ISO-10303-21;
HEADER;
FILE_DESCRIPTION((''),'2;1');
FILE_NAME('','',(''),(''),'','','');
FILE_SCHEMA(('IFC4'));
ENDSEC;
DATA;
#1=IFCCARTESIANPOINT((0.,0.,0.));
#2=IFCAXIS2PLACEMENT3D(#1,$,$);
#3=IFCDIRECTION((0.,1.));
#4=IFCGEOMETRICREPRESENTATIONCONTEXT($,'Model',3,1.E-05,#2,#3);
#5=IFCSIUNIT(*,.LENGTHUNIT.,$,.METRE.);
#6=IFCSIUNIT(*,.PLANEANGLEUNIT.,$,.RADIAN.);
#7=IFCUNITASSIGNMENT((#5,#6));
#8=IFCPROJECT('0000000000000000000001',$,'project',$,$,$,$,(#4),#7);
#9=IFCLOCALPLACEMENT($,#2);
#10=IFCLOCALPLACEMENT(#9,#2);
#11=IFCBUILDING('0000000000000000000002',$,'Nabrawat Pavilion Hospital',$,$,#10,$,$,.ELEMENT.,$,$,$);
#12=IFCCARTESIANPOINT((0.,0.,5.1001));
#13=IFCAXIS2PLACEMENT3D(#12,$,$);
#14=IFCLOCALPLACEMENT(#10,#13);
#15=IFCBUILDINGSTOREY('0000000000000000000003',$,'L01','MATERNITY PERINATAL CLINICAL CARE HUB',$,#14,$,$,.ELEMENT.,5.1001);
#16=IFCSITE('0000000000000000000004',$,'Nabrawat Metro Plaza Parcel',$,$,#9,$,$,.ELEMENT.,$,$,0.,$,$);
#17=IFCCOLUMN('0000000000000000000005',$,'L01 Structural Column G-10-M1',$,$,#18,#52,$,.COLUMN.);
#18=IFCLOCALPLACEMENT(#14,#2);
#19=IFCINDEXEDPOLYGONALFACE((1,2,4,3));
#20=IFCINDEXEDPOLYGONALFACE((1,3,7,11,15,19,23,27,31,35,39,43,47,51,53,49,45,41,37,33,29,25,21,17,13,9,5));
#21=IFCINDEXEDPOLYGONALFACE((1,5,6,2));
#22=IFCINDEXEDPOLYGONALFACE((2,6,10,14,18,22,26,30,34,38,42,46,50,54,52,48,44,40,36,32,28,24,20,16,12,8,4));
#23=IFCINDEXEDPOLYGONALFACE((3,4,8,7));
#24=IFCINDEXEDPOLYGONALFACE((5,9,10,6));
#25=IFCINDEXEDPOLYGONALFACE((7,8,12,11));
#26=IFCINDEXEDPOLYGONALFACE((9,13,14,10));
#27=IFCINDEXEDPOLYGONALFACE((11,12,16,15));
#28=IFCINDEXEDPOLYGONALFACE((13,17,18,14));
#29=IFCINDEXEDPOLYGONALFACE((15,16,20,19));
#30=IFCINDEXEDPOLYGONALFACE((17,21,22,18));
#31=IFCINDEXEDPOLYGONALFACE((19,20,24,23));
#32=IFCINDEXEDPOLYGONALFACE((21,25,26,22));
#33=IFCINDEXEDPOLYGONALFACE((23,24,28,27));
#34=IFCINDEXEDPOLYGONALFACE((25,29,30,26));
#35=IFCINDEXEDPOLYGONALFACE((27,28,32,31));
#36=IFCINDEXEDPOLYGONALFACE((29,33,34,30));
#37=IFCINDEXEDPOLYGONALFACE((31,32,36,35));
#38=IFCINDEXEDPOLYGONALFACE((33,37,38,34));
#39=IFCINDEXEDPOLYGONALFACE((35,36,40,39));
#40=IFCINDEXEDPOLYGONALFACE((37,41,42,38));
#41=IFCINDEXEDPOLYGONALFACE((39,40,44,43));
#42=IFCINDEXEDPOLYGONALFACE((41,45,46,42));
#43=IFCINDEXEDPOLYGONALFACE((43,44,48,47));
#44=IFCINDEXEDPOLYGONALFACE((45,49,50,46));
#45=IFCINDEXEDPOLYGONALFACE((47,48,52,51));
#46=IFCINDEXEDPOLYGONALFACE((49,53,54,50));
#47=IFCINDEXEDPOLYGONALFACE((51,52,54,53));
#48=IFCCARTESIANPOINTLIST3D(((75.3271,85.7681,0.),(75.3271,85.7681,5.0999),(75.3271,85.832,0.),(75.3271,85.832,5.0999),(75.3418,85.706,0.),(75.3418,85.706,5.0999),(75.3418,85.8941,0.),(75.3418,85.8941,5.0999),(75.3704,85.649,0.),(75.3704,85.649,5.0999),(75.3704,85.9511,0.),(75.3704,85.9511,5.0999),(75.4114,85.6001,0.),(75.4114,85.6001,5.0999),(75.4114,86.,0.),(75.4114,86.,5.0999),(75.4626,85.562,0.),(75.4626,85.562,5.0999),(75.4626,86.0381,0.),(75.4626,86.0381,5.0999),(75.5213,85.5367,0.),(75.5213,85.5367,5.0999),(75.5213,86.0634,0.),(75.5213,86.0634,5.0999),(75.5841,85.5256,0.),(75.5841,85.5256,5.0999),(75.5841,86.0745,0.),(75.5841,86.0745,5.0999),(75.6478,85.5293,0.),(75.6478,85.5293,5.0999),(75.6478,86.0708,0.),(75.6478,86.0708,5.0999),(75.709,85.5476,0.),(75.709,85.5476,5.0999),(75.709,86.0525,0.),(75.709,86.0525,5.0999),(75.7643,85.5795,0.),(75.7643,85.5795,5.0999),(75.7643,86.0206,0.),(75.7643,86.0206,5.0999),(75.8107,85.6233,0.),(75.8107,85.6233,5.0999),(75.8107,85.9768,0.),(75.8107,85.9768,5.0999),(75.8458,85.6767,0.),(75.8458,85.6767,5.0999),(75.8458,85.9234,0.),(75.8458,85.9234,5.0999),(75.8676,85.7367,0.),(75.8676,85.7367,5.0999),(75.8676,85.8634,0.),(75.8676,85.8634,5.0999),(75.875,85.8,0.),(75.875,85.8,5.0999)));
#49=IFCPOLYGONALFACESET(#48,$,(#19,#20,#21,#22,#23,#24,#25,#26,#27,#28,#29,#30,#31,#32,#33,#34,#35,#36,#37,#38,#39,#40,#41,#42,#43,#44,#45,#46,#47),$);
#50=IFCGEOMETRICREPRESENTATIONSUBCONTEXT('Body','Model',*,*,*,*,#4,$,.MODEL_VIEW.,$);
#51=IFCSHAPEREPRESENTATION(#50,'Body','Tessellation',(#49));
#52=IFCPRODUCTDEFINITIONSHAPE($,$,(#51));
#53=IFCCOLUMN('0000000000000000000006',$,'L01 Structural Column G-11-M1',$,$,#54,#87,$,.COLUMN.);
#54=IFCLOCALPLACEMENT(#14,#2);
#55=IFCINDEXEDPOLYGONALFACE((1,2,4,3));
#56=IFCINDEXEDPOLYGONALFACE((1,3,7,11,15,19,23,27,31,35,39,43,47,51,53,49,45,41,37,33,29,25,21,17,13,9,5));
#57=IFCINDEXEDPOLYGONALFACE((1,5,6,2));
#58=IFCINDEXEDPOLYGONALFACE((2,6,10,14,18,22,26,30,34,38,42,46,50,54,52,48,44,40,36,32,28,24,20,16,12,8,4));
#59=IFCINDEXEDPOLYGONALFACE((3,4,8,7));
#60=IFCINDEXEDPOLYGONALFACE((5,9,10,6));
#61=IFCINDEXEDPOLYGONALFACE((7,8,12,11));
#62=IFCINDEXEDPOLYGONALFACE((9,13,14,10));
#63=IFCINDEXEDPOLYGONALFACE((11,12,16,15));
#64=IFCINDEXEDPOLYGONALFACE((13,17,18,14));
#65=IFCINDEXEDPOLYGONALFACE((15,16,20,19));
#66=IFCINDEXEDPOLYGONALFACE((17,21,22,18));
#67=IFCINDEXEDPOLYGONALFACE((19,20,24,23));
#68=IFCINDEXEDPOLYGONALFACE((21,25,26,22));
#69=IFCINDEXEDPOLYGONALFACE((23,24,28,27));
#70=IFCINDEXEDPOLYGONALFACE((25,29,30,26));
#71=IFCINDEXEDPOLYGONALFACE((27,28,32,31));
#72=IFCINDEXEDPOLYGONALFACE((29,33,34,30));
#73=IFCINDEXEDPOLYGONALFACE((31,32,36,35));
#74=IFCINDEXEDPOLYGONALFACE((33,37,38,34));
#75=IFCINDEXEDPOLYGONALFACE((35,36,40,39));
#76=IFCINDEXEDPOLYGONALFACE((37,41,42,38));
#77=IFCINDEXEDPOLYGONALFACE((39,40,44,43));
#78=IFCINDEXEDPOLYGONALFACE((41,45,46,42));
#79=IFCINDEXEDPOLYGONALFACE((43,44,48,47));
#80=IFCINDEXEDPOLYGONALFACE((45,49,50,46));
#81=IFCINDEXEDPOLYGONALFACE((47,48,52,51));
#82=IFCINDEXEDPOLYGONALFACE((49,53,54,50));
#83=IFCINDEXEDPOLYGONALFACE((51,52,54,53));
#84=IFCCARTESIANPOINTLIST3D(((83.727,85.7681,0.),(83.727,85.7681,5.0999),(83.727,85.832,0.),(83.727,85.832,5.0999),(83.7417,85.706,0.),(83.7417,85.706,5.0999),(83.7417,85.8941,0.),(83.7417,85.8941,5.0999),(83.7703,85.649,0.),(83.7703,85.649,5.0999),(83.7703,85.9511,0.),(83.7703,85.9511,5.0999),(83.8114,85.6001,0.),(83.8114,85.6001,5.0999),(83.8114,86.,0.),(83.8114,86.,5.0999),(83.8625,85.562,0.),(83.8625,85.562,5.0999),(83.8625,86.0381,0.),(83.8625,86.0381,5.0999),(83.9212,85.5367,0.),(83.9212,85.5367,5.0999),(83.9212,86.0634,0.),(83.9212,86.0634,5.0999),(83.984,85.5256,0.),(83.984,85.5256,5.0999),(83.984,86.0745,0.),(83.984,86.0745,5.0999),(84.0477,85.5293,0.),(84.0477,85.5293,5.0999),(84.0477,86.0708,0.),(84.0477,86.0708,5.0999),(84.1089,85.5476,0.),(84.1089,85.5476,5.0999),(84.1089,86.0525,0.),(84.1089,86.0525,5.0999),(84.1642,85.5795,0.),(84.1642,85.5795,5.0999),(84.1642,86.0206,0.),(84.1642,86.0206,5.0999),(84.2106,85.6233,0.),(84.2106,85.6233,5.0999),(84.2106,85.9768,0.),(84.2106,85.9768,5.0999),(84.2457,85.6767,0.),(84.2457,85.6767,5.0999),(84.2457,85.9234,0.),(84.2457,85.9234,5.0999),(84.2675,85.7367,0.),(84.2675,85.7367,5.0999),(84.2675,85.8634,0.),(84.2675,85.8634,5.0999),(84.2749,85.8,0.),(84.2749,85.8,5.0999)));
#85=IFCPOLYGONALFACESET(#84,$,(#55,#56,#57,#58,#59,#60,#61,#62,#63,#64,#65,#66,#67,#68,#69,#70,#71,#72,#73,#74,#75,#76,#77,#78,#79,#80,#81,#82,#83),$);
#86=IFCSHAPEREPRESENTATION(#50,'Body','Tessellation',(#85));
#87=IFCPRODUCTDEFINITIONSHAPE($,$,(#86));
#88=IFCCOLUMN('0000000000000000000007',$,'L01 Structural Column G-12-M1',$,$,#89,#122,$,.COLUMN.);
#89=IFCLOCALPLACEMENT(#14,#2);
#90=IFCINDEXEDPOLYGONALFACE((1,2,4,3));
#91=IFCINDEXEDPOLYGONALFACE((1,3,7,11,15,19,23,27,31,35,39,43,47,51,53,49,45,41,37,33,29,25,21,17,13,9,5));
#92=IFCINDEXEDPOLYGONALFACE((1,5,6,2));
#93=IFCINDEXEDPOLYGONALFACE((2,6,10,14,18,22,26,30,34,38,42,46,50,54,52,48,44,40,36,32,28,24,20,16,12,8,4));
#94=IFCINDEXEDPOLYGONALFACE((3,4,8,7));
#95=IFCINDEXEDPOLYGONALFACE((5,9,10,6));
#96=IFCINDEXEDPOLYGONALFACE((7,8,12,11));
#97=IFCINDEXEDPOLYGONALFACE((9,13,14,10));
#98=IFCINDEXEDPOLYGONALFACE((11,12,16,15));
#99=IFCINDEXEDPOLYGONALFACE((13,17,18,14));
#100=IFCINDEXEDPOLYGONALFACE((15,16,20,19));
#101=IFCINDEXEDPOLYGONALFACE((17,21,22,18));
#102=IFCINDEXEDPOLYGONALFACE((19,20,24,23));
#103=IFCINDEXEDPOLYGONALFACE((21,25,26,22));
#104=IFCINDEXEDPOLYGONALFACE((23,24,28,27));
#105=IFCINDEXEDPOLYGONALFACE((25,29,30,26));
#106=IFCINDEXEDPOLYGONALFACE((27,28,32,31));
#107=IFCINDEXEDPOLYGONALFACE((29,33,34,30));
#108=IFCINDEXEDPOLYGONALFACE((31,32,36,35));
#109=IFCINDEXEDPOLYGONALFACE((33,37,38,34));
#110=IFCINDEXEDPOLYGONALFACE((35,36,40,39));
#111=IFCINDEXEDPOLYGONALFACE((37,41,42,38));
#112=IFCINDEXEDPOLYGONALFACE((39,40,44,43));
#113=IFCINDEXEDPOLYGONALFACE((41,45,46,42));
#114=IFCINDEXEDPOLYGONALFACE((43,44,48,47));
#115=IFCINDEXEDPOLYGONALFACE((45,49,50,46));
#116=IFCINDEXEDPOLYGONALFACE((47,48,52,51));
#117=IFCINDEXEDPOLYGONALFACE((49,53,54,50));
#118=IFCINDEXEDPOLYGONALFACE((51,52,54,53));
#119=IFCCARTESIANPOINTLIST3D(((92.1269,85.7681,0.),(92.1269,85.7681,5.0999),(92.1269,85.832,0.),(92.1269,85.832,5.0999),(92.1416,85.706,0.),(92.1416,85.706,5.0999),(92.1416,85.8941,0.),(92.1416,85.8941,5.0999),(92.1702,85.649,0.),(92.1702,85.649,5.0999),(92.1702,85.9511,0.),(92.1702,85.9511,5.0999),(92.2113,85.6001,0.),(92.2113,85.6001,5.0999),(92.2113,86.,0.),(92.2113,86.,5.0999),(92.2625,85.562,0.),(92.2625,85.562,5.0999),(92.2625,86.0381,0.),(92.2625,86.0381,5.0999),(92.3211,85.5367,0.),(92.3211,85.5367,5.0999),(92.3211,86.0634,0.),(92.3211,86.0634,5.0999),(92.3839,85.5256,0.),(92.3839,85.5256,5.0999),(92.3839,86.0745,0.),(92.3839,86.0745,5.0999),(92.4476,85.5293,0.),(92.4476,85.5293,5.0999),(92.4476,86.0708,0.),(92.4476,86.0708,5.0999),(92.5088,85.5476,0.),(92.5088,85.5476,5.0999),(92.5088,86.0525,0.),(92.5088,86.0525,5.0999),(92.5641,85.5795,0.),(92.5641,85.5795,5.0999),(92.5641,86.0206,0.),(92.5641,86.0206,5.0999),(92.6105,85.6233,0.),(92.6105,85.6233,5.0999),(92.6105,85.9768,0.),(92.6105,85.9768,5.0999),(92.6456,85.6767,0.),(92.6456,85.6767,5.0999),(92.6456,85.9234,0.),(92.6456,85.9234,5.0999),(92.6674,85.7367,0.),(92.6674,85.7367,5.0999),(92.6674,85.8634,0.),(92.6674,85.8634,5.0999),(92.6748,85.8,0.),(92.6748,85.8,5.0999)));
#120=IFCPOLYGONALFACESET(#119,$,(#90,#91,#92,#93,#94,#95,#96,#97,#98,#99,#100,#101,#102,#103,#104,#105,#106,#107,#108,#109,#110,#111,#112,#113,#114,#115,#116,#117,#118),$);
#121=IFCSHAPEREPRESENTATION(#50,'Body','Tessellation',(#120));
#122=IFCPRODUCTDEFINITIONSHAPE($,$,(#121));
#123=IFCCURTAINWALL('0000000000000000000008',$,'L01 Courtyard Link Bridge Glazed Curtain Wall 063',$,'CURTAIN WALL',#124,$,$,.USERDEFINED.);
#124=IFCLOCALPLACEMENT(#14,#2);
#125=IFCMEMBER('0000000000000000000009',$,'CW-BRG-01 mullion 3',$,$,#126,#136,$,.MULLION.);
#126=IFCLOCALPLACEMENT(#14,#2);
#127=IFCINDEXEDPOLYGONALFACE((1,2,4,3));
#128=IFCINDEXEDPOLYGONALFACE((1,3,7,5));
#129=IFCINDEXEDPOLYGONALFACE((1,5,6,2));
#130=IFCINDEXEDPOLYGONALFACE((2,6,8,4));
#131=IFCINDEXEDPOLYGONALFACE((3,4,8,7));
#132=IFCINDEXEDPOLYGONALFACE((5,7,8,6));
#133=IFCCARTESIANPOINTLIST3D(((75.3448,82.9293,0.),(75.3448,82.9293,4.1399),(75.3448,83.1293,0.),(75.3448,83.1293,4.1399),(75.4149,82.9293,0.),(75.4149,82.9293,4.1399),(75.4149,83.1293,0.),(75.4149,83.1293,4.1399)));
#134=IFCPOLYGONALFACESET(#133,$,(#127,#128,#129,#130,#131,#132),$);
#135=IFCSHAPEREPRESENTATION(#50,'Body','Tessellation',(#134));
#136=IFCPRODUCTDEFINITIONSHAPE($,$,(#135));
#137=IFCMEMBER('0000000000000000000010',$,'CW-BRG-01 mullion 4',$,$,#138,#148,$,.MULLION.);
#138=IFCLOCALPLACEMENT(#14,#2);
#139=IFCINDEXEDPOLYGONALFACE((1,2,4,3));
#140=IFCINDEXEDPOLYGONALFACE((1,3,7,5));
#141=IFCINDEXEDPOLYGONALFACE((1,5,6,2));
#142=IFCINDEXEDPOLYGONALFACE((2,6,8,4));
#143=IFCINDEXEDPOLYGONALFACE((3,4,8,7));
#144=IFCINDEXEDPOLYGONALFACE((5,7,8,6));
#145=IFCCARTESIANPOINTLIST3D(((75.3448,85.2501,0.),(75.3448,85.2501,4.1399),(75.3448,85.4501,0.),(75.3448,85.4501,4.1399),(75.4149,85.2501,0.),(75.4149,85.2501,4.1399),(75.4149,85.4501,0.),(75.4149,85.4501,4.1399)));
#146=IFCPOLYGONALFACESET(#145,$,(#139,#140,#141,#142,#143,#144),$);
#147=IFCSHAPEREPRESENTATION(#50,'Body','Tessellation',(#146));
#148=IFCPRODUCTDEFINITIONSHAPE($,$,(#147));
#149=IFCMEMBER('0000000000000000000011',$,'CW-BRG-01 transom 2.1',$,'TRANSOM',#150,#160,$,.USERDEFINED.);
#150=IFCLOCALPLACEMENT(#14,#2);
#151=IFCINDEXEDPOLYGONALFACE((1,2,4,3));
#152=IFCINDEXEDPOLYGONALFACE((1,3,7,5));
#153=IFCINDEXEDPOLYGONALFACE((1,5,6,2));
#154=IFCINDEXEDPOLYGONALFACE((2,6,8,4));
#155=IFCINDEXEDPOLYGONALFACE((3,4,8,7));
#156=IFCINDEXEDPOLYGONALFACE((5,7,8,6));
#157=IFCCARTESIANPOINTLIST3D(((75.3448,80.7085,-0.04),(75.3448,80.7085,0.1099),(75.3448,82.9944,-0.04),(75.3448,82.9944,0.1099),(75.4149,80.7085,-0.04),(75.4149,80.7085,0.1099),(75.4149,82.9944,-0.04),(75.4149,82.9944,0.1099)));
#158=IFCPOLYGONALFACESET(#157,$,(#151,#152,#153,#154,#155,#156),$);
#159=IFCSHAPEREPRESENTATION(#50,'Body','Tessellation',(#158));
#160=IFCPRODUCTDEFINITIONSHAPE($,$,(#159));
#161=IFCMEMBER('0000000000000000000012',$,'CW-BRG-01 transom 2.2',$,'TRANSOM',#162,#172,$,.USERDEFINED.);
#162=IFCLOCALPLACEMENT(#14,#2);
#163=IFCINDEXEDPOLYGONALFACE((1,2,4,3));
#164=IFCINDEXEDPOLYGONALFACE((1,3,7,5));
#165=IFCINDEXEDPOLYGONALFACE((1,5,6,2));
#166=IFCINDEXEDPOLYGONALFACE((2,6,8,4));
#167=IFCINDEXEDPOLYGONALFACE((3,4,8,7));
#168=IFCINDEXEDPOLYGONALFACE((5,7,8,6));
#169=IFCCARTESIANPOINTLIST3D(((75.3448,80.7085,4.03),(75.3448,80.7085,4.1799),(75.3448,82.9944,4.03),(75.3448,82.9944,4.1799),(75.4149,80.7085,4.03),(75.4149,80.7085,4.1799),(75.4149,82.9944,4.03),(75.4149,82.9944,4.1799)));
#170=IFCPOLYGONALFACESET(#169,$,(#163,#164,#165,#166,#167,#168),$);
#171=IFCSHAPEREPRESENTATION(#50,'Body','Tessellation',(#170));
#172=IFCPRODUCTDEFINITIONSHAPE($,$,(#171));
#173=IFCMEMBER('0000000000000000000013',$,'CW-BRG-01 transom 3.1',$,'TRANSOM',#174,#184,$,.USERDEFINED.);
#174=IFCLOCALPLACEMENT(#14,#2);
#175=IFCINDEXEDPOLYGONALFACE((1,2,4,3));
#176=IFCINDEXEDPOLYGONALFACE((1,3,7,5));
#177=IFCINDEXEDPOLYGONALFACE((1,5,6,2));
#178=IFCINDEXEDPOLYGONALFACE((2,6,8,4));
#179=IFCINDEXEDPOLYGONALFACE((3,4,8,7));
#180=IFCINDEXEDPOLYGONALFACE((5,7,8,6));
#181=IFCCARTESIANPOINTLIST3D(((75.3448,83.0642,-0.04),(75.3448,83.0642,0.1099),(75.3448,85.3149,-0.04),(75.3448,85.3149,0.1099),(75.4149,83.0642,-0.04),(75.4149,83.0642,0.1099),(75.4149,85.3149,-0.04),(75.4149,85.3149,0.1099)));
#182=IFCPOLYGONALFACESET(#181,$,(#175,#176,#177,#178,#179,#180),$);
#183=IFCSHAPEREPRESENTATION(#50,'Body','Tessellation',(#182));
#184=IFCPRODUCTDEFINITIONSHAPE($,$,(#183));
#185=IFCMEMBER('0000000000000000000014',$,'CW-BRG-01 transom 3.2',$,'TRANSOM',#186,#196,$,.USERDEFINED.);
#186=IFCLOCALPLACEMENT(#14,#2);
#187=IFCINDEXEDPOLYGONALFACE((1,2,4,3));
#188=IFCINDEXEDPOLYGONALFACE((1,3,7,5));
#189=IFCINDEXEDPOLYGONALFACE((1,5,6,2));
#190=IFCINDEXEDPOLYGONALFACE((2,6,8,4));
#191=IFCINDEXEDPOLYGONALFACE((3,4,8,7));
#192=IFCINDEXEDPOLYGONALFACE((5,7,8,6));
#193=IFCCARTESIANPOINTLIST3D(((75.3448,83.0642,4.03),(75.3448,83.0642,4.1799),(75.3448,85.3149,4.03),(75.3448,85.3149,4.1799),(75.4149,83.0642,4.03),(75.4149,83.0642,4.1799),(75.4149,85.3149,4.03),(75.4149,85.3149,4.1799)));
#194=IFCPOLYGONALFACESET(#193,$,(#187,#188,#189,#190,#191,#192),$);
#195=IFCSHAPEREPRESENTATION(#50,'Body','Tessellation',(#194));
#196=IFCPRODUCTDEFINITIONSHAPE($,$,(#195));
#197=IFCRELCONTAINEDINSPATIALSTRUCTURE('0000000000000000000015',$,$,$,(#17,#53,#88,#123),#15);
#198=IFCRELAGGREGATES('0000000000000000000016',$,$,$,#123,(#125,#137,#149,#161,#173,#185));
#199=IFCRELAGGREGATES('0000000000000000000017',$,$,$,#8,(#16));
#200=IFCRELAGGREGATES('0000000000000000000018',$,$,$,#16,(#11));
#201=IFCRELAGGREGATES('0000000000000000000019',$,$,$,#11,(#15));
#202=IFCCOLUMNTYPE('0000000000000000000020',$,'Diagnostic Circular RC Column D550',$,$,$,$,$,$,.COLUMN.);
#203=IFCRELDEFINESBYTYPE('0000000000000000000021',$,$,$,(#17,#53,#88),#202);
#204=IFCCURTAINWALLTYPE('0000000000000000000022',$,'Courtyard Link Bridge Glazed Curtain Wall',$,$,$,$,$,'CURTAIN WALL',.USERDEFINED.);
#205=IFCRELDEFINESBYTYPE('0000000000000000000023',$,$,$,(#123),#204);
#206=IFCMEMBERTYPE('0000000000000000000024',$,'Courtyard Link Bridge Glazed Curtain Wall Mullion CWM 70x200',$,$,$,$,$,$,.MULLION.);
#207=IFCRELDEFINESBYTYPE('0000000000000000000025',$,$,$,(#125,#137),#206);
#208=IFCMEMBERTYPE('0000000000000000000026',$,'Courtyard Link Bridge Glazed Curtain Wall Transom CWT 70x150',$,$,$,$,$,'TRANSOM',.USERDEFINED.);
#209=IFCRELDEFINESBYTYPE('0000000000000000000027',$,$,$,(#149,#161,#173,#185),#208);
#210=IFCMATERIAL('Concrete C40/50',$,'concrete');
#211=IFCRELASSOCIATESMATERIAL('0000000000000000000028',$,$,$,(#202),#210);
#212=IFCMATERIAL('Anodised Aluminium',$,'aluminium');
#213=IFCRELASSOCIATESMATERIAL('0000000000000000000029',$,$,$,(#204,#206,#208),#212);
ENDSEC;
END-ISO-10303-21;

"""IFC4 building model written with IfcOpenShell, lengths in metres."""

from ifc_helpers import new_model, si_unit, direction, frame, origin, origin_2d, place, context, subcontext, project, spatial, rectangle, circle, extrude, material, material_profile, profile_set, type_object, element, aggregate, save


model = new_model("IFC4")

# Units and contexts
model_context = context("Model", 3, precision=1e-05, world=origin(), true_north=direction((0.0, 1.0)))
body_context = subcontext(model_context, "Body", "Model", "MODEL_VIEW")
ifc_project = project(units=[si_unit("LENGTHUNIT", "METRE"), si_unit("PLANEANGLEUNIT", "RADIAN")], contexts=[model_context])

# Site, building, storey
site_placement = place(None, origin())
site = spatial("IfcSite", under=ifc_project, at=site_placement, Name="Nabrawat Metro Plaza Parcel", CompositionType="ELEMENT", RefElevation=0.0)
building_placement = place(site_placement, origin())
building = spatial("IfcBuilding", under=site, at=building_placement, Name="Nabrawat Pavilion Hospital", CompositionType="ELEMENT")
storey_placement = place(building_placement, frame((0.0, 0.0, 5.1001)))
storey = spatial("IfcBuildingStorey", under=building, at=storey_placement, Name="L01", Description="MATERNITY PERINATAL CLINICAL CARE HUB", CompositionType="ELEMENT", Elevation=5.1001)

# Columns
ifc_material_1 = material(Name="Concrete C40/50", Category="concrete")
ifc_material_profile_1 = material_profile(ifc_material_1, circle(Radius=0.2749, at=origin_2d()), Name="RC D550")
ifc_profile_set_1 = profile_set([ifc_material_profile_1], Name="Concrete C40/50")
column_type = type_object("IfcColumnType", Name="Diagnostic Circular RC Column D550", PredefinedType="COLUMN", material=ifc_profile_set_1)
for number, where, z_axis, x_axis, name in (
    (1, (75.6001, 85.8, 0.0), (0.0, 0.0, 1.0), (1.0, 0.0, 0.0), "L01 Structural Column G-10-M1"),
    (2, (84.0, 85.8, 0.0), (0.0, 0.0, 1.0), (1.0, 0.0, 0.0), "L01 Structural Column G-11-M1"),
    (3, (92.3999, 85.8, 0.0), (0.0, 0.0, 1.0), (1.0, 0.0, 0.0), "L01 Structural Column G-12-M1"),
):
    element("IfcColumn", number, at=place(storey_placement, frame(where, z_axis=z_axis, x_axis=x_axis)), inside=storey, type_object=column_type, Name=name, PredefinedType="COLUMN", context=body_context, shape_type="SweptSolid", body=[
        extrude(circle(Radius=0.2749, at=origin_2d()), origin(), (0.0, 0.0, 1.0), 5.0999),
    ])

# Curtain wall, members
ifc_material_2 = material(Name="Anodised Aluminium", Category="aluminium")
curtain_wall_type_1 = type_object("IfcCurtainWallType", Name="Courtyard Link Bridge Glazed Curtain Wall", ElementType="CURTAIN WALL", PredefinedType="USERDEFINED", material=ifc_material_2)
curtain_wall_1_placement = place(storey_placement, origin())
curtain_wall_1 = element("IfcCurtainWall", 4, at=curtain_wall_1_placement, inside=storey, type_object=curtain_wall_type_1, Name="L01 Courtyard Link Bridge Glazed Curtain Wall 063", ObjectType="CURTAIN WALL", PredefinedType="USERDEFINED")
ifc_material_profile_2 = material_profile(ifc_material_2, rectangle(XDim=0.0701, YDim=0.2, at=origin_2d()), Name="CWM 70x200")
ifc_profile_set_2 = profile_set([ifc_material_profile_2], Name="Anodised Aluminium")
member_type_1 = type_object("IfcMemberType", Name="Courtyard Link Bridge Glazed Curtain Wall Mullion CWM 70x200", PredefinedType="MULLION", material=ifc_profile_set_2)
member_1_placement = place(storey_placement, frame((75.3799, 83.0293, 0.0), z_axis=(0.0, 0.0, 1.0), x_axis=(-1.0, 0.0, 0.0)))
member_1 = element("IfcMember", 5, at=member_1_placement, type_object=member_type_1, Name="CW-BRG-01 mullion 3", PredefinedType="MULLION", context=body_context, shape_type="SweptSolid", body=[
    extrude(rectangle(XDim=0.0701, YDim=0.2, at=origin_2d()), origin(), (0.0, 0.0, 1.0), 4.1399),
])
member_2_placement = place(storey_placement, frame((75.3799, 85.3501, 0.0), z_axis=(0.0, 0.0, 1.0), x_axis=(-1.0, 0.0, 0.0)))
member_2 = element("IfcMember", 6, at=member_2_placement, type_object=member_type_1, Name="CW-BRG-01 mullion 4", PredefinedType="MULLION", context=body_context, shape_type="SweptSolid", body=[
    extrude(rectangle(XDim=0.0701, YDim=0.2, at=origin_2d()), origin(), (0.0, 0.0, 1.0), 4.1399),
])
ifc_material_profile_3 = material_profile(ifc_material_2, rectangle(XDim=0.0701, YDim=0.1499, at=origin_2d()), Name="CWT 70x150")
ifc_profile_set_3 = profile_set([ifc_material_profile_3], Name="Anodised Aluminium")
member_type_2 = type_object("IfcMemberType", Name="Courtyard Link Bridge Glazed Curtain Wall Transom CWT 70x150", ElementType="TRANSOM", PredefinedType="USERDEFINED", material=ifc_profile_set_3)
member_3_placement = place(storey_placement, frame((75.3799, 80.7085, 0.0349), z_axis=(0.0, 1.0, 0.0), x_axis=(-1.0, 0.0, 0.0)))
member_3 = element("IfcMember", 7, at=member_3_placement, type_object=member_type_2, Name="CW-BRG-01 transom 2.1", ObjectType="TRANSOM", PredefinedType="USERDEFINED", context=body_context, shape_type="SweptSolid", body=[
    extrude(rectangle(XDim=0.0701, YDim=0.1499, at=origin_2d()), origin(), (0.0, 0.0, 1.0), 2.2859),
])
member_4_placement = place(storey_placement, frame((75.3799, 80.7085, 4.105), z_axis=(0.0, 1.0, 0.0), x_axis=(-1.0, 0.0, 0.0)))
member_4 = element("IfcMember", 8, at=member_4_placement, type_object=member_type_2, Name="CW-BRG-01 transom 2.2", ObjectType="TRANSOM", PredefinedType="USERDEFINED", context=body_context, shape_type="SweptSolid", body=[
    extrude(rectangle(XDim=0.0701, YDim=0.1499, at=origin_2d()), origin(), (0.0, 0.0, 1.0), 2.2859),
])
member_5_placement = place(storey_placement, frame((75.3799, 83.0642, 0.0349), z_axis=(0.0, 1.0, 0.0), x_axis=(-1.0, 0.0, 0.0)))
member_5 = element("IfcMember", 9, at=member_5_placement, type_object=member_type_2, Name="CW-BRG-01 transom 3.1", ObjectType="TRANSOM", PredefinedType="USERDEFINED", context=body_context, shape_type="SweptSolid", body=[
    extrude(rectangle(XDim=0.0701, YDim=0.1499, at=origin_2d()), origin(), (0.0, 0.0, 1.0), 2.2507),
])
member_6_placement = place(storey_placement, frame((75.3799, 83.0642, 4.105), z_axis=(0.0, 1.0, 0.0), x_axis=(-1.0, 0.0, 0.0)))
member_6 = element("IfcMember", 10, at=member_6_placement, type_object=member_type_2, Name="CW-BRG-01 transom 3.2", ObjectType="TRANSOM", PredefinedType="USERDEFINED", context=body_context, shape_type="SweptSolid", body=[
    extrude(rectangle(XDim=0.0701, YDim=0.1499, at=origin_2d()), origin(), (0.0, 0.0, 1.0), 2.2507),
])

aggregate(curtain_wall_1, [member_1, member_2, member_3, member_4, member_5, member_6])

save(model, "model.ifc")
